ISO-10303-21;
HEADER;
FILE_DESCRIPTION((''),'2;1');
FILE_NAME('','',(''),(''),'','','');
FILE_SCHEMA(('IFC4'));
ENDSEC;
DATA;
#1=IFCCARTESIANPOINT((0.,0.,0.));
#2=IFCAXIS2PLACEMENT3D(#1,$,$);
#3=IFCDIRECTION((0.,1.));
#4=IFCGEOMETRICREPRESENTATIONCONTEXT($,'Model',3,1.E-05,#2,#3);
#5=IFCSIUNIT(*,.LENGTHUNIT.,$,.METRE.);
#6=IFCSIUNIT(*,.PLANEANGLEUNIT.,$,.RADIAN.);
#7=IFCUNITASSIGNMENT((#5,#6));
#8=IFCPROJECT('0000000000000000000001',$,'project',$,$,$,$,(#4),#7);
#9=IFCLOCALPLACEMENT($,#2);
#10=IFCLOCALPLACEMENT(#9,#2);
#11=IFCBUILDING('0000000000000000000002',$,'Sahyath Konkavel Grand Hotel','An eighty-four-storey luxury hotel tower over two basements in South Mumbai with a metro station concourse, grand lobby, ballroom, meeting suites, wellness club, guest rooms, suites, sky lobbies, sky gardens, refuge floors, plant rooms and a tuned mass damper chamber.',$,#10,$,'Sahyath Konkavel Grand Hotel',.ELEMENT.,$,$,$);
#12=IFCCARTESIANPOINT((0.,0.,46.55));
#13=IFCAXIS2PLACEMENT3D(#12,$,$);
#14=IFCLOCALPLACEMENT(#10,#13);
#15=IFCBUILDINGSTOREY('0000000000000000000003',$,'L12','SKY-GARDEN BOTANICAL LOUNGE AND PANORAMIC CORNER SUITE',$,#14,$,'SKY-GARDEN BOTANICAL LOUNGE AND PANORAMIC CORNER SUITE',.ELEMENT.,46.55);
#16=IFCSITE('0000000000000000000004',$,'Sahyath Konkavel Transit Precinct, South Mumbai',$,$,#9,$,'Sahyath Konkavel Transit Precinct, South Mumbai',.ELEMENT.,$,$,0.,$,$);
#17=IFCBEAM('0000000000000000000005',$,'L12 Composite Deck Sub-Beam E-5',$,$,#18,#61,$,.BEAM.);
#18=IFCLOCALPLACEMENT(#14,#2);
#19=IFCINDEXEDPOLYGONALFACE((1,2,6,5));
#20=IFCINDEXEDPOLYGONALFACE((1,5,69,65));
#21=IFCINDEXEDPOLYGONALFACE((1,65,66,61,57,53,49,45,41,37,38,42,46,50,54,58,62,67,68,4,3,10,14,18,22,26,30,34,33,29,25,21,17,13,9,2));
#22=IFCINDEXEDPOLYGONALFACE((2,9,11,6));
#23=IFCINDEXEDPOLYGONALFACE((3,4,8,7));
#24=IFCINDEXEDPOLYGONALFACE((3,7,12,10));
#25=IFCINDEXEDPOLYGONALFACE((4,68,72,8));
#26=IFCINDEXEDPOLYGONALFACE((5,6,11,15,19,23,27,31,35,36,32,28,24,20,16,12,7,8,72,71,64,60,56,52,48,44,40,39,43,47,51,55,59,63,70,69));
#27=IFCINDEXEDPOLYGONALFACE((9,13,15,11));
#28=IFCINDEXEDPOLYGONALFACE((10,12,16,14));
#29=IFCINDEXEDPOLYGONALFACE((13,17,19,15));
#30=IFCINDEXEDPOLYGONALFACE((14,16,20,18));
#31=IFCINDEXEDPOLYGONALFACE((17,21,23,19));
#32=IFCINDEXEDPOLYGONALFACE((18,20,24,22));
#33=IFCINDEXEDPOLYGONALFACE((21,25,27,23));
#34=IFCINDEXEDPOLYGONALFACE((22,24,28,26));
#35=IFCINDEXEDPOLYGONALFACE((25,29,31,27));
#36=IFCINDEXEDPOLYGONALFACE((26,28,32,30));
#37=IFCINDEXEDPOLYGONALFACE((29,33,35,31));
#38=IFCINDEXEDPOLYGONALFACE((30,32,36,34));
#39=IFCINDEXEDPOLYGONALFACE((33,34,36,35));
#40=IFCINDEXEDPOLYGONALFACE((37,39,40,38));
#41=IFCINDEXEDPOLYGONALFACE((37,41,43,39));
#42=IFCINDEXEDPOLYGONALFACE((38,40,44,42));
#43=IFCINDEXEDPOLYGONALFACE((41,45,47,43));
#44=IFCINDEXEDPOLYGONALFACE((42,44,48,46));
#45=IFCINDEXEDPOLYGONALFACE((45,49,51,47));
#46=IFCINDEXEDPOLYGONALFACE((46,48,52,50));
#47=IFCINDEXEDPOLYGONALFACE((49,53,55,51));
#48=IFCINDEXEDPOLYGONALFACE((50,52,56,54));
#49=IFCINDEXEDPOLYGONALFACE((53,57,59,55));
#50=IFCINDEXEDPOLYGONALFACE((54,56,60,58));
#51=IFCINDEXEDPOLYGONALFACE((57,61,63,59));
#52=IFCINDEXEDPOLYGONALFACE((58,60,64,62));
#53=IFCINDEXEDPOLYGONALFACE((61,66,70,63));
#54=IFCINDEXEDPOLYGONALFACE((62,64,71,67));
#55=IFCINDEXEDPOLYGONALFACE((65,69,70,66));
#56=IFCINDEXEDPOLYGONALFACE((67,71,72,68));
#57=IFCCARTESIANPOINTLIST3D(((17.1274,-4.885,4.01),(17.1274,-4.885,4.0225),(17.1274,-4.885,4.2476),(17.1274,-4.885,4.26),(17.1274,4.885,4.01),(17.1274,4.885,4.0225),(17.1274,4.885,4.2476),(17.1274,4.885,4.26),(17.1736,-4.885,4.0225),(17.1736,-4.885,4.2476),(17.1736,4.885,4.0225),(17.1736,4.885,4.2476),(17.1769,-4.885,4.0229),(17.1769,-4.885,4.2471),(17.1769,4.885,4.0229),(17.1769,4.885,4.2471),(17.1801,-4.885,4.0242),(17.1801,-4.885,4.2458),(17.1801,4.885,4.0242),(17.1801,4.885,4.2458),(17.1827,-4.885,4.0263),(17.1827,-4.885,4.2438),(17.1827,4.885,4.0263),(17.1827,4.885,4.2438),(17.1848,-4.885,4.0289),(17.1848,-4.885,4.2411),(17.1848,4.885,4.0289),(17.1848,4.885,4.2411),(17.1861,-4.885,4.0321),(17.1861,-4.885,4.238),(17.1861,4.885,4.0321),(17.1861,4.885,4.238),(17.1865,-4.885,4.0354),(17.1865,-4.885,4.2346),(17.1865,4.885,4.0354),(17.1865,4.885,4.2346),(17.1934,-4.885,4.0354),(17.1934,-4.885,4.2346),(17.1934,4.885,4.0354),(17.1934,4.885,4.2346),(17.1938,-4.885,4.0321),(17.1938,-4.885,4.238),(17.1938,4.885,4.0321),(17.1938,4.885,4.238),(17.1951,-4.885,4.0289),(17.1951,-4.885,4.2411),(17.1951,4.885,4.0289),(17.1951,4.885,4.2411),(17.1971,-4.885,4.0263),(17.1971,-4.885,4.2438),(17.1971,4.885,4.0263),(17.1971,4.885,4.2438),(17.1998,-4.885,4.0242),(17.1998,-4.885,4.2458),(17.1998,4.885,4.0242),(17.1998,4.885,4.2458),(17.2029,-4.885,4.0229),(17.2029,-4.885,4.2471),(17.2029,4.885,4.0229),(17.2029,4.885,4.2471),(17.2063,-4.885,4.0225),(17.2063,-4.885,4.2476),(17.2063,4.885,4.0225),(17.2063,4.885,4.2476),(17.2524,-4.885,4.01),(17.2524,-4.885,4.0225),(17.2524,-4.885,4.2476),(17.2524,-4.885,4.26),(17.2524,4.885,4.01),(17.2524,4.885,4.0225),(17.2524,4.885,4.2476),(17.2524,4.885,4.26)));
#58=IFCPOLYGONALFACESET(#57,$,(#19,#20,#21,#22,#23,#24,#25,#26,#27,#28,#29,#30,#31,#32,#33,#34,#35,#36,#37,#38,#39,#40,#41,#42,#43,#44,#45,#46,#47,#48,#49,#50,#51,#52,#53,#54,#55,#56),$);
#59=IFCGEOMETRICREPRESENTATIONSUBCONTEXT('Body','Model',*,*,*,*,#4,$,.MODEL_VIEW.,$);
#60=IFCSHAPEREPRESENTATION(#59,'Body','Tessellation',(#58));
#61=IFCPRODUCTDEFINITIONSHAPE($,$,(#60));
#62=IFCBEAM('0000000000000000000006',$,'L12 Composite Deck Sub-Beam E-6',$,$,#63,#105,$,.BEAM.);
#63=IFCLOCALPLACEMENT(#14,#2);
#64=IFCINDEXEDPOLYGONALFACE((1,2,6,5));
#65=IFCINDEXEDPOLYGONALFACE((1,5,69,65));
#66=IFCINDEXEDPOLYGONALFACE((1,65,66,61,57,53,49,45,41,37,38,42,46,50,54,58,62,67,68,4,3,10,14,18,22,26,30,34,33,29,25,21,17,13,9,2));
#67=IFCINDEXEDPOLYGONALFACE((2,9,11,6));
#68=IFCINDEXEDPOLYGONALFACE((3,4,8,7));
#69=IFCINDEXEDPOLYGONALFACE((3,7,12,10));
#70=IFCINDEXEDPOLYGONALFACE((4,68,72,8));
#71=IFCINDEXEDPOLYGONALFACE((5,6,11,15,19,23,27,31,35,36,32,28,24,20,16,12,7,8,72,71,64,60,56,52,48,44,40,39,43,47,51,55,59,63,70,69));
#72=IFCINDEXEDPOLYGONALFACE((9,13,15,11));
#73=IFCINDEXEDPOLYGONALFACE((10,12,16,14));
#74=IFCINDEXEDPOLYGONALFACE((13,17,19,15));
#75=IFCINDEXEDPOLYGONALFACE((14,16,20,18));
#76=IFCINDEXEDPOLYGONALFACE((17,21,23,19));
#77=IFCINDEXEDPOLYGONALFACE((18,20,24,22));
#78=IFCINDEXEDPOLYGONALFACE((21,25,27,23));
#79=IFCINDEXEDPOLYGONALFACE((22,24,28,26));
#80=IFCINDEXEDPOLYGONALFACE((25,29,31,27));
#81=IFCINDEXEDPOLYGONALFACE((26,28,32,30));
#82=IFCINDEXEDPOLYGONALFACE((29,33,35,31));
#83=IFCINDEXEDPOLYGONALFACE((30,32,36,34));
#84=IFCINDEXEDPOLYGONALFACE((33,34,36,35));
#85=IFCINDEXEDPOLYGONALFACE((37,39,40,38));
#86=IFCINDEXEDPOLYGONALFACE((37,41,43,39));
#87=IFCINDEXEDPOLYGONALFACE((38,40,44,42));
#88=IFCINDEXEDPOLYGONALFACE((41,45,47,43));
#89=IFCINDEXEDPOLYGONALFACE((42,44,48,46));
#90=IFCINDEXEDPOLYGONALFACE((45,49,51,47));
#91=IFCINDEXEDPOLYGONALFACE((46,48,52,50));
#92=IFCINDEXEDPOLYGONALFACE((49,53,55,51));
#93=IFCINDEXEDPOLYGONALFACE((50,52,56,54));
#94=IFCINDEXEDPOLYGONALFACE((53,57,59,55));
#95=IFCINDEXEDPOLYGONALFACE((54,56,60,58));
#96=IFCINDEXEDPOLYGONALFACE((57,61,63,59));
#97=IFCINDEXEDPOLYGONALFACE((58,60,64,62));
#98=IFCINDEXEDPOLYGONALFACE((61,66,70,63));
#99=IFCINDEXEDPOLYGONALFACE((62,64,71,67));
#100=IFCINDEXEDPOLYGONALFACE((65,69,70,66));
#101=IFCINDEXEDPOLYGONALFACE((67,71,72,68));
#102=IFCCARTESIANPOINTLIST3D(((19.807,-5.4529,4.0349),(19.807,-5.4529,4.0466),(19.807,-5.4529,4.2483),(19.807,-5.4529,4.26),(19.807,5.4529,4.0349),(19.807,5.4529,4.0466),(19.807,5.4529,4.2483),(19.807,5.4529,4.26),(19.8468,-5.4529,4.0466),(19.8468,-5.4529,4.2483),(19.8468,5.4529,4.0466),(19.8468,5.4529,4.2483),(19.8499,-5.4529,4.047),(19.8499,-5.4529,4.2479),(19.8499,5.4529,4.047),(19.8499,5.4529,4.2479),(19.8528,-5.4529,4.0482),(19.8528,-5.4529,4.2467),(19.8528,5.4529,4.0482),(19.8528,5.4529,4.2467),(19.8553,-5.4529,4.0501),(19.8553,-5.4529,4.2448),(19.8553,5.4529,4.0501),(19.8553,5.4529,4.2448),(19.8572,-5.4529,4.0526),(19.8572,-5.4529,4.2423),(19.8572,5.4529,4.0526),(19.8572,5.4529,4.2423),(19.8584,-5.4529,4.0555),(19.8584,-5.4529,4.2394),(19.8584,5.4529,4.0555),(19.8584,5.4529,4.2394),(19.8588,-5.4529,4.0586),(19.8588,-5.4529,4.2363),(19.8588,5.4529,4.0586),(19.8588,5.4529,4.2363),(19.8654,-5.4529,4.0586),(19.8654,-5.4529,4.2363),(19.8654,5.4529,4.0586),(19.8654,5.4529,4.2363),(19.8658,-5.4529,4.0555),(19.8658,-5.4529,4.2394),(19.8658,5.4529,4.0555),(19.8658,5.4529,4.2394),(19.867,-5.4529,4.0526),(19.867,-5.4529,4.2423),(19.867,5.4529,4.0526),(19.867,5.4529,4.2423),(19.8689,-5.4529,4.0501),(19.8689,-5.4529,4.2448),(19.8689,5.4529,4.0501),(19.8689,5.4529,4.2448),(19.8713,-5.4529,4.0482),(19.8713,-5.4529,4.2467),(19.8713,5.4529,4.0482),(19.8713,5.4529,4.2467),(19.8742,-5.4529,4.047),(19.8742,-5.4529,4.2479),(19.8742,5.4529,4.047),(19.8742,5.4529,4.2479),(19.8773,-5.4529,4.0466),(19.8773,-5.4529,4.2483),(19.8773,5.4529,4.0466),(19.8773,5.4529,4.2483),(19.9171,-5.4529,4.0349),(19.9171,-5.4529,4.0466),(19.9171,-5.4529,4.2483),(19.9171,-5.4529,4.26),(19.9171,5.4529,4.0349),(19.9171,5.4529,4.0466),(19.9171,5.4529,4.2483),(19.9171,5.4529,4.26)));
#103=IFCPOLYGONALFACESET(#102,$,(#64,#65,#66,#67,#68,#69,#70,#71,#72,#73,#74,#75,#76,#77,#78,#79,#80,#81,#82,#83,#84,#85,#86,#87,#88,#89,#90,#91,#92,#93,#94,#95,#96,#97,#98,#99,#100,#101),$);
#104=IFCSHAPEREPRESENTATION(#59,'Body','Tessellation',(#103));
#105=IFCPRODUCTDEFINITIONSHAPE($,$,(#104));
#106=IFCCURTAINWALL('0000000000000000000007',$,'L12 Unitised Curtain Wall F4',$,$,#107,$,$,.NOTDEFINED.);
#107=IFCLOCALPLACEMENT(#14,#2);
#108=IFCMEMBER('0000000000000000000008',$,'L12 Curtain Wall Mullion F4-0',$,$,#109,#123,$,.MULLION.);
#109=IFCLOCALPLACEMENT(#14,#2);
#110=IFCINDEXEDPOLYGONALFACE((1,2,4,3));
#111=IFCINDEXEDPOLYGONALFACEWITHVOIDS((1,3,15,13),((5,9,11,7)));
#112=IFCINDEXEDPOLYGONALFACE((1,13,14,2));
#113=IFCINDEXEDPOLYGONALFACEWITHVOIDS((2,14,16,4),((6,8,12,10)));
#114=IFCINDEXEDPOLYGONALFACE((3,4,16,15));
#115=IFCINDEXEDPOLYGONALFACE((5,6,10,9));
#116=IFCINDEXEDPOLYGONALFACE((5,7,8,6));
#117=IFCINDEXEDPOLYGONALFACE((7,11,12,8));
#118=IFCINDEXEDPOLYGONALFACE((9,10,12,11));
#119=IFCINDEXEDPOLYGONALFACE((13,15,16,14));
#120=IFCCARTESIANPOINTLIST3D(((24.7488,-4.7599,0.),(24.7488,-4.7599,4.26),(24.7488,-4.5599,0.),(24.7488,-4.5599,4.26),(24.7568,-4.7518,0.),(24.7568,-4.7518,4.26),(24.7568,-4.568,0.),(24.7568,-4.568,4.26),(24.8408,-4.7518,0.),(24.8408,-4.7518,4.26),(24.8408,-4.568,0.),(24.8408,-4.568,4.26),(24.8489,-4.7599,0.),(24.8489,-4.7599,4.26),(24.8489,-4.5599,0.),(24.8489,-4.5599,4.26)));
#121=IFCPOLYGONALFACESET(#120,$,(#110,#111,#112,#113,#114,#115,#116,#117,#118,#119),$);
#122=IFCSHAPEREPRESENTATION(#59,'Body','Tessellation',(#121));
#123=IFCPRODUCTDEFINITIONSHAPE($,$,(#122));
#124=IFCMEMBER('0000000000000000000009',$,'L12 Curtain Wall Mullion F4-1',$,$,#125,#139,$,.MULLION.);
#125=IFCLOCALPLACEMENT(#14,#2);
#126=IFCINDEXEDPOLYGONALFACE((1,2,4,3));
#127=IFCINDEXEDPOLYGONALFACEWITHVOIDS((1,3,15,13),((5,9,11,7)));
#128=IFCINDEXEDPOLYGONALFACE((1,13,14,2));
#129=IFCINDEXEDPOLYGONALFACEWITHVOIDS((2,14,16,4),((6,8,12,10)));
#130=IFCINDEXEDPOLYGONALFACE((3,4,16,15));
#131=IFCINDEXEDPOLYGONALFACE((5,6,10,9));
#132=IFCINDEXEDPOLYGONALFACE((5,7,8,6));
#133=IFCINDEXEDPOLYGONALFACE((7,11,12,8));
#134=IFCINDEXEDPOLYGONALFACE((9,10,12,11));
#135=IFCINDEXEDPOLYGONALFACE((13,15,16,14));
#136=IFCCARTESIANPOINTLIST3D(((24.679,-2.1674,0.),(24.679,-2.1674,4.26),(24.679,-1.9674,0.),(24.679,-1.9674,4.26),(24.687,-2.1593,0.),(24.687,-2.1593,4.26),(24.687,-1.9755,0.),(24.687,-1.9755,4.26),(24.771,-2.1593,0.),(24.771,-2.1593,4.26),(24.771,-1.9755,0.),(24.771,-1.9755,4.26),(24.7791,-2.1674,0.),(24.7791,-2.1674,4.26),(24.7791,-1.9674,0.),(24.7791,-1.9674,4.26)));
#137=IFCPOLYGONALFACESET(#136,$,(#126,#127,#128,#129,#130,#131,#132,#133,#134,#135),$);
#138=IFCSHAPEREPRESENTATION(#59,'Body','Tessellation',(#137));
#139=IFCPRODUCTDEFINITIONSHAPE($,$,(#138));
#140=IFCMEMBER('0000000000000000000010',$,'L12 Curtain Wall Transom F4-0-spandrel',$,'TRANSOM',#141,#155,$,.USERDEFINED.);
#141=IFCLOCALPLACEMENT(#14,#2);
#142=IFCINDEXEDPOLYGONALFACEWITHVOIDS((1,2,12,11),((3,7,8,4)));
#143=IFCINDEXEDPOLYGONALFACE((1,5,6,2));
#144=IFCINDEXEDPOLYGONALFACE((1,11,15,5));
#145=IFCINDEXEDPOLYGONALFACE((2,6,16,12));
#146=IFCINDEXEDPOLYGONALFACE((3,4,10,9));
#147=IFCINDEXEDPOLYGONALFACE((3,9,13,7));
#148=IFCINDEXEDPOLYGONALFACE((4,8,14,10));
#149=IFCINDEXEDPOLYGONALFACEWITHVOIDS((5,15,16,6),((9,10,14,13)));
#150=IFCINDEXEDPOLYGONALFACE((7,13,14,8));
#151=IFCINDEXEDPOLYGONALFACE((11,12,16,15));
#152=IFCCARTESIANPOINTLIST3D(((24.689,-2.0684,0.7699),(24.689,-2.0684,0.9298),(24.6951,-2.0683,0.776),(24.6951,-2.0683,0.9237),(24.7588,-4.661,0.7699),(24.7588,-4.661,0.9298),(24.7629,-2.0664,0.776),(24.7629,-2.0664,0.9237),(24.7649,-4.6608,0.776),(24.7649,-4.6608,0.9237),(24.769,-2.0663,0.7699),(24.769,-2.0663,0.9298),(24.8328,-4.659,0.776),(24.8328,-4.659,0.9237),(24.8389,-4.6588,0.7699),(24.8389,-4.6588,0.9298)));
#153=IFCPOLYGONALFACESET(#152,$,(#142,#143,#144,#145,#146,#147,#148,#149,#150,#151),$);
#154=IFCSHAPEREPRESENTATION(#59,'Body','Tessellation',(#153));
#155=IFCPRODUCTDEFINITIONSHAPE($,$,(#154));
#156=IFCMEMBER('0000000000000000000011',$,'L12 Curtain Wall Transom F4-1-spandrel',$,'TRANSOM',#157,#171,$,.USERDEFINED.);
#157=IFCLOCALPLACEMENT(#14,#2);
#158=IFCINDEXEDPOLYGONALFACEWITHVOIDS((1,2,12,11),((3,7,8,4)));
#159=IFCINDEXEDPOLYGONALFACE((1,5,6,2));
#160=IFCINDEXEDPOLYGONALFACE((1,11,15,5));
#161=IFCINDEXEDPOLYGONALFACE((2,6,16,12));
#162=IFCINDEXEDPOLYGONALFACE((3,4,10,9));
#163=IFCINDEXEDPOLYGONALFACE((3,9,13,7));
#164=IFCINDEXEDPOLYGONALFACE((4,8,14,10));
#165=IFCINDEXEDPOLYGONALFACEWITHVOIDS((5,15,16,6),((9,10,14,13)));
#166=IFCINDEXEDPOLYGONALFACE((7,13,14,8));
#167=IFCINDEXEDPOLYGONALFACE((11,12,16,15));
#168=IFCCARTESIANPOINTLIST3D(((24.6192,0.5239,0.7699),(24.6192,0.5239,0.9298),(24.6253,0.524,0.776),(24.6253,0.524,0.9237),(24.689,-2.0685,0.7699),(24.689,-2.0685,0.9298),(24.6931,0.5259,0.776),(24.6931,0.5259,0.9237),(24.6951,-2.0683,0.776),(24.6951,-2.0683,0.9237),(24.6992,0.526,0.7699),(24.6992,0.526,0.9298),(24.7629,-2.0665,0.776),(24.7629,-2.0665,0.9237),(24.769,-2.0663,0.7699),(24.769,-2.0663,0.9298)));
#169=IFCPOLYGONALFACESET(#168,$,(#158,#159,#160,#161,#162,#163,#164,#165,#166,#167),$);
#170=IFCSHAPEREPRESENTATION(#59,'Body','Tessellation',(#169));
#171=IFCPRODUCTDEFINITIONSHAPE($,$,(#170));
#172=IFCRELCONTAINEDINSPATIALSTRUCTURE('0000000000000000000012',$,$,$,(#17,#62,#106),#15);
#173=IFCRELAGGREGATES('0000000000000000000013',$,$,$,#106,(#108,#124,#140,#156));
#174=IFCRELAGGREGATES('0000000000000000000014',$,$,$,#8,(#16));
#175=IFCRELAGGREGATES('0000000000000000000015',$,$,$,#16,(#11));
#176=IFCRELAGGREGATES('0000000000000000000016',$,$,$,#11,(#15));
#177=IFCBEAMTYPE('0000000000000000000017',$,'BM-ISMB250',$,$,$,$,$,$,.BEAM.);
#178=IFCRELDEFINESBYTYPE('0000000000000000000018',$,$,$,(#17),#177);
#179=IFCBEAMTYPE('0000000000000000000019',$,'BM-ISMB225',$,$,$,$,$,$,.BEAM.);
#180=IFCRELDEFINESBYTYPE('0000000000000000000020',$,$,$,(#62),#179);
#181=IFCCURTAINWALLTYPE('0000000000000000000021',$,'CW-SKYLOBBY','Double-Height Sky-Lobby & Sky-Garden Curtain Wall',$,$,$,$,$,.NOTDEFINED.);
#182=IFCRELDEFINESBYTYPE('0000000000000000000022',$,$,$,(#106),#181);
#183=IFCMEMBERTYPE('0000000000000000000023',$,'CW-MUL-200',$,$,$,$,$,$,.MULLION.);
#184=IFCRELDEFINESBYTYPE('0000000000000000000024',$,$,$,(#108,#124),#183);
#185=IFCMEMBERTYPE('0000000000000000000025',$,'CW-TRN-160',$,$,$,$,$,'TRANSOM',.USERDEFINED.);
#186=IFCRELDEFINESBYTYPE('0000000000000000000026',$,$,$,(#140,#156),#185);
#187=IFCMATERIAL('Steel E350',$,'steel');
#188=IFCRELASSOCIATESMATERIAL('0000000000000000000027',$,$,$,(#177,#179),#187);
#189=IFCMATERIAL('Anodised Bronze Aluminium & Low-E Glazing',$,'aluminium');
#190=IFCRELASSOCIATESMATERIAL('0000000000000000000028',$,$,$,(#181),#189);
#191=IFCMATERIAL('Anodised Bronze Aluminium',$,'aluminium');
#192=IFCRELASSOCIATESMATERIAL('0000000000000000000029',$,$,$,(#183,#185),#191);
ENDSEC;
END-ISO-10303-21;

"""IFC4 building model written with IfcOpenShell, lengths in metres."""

from ifc_helpers import new_model, si_unit, direction, frame, origin, origin_2d, place, context, subcontext, project, spatial, hollow_rectangle, i_section, extrude, source, transform, mapped, material, material_profile, profile_set, type_object, element, aggregate, save


model = new_model("IFC4")

# Units and contexts
model_context = context("Model", 3, precision=1e-05, world=origin(), true_north=direction((0.0, 1.0)))
body_context = subcontext(model_context, "Body", "Model", "MODEL_VIEW")
ifc_project = project(units=[si_unit("LENGTHUNIT", "METRE"), si_unit("PLANEANGLEUNIT", "RADIAN")], contexts=[model_context])

# Site, building, storey
site_placement = place(None, origin())
site = spatial("IfcSite", under=ifc_project, at=site_placement, Name="Sahyath Konkavel Transit Precinct, South Mumbai", LongName="Sahyath Konkavel Transit Precinct, South Mumbai", CompositionType="ELEMENT", RefElevation=0.0)
building_placement = place(site_placement, origin())
building = spatial("IfcBuilding", under=site, at=building_placement, Name="Sahyath Konkavel Grand Hotel", Description="An eighty-four-storey luxury hotel tower over two basements in South Mumbai with a metro station concourse, grand lobby, ballroom, meeting suites, wellness club, guest rooms, suites, sky lobbies, sky gardens, refuge floors, plant rooms and a tuned mass damper chamber.", LongName="Sahyath Konkavel Grand Hotel", CompositionType="ELEMENT")
storey_placement = place(building_placement, frame((0.0, 0.0, 46.55)))
storey = spatial("IfcBuildingStorey", under=building, at=storey_placement, Name="L12", Description="SKY-GARDEN BOTANICAL LOUNGE AND PANORAMIC CORNER SUITE", LongName="SKY-GARDEN BOTANICAL LOUNGE AND PANORAMIC CORNER SUITE", CompositionType="ELEMENT", Elevation=46.55)

# Beams
ifc_material_1 = material(Name="Steel E350", Category="steel")
ifc_material_profile_1 = material_profile(ifc_material_1, i_section(OverallWidth=0.125, OverallDepth=0.25, WebThickness=0.0068, FlangeThickness=0.0125, FilletRadius=0.0129, at=origin_2d()), Name="ISMB 250")
ifc_profile_set_1 = profile_set([ifc_material_profile_1], Name="Steel E350")
beam_type_1 = type_object("IfcBeamType", Name="BM-ISMB250", PredefinedType="BEAM", material=ifc_profile_set_1)
shared_shape_1 = source(origin(), body_context, "Body", "SweptSolid", [
    extrude(i_section(OverallWidth=0.125, OverallDepth=0.25, WebThickness=0.0068, FlangeThickness=0.0125, FilletRadius=0.0129, at=origin_2d()), origin(), (0.0, 0.0, 1.0), 9.77),
])
beam_1_placement = place(storey_placement, frame((17.1899, -4.885, 4.135), z_axis=(0.0, 1.0, 0.0), x_axis=(-1.0, 0.0, 0.0)))
element("IfcBeam", 1, at=beam_1_placement, inside=storey, type_object=beam_type_1, Name="L12 Composite Deck Sub-Beam E-5", PredefinedType="BEAM", context=body_context, shape_type="MappedRepresentation", body=[
    mapped(shared_shape_1, transform((0.0, 0.0, 0.0), scale=1.0)),
])
ifc_material_profile_2 = material_profile(ifc_material_1, i_section(OverallWidth=0.1101, OverallDepth=0.2251, WebThickness=0.0066, FlangeThickness=0.0117, FilletRadius=0.012, at=origin_2d()), Name="ISMB 225")
ifc_profile_set_2 = profile_set([ifc_material_profile_2], Name="Steel E350")
beam_type_2 = type_object("IfcBeamType", Name="BM-ISMB225", PredefinedType="BEAM", material=ifc_profile_set_2)
shared_shape_2 = source(origin(), body_context, "Body", "SweptSolid", [
    extrude(i_section(OverallWidth=0.1101, OverallDepth=0.2251, WebThickness=0.0066, FlangeThickness=0.0117, FilletRadius=0.012, at=origin_2d()), origin(), (0.0, 0.0, 1.0), 10.9058),
])
beam_2_placement = place(storey_placement, frame((19.8621, -5.4529, 4.1475), z_axis=(0.0, 1.0, 0.0), x_axis=(-1.0, 0.0, 0.0)))
element("IfcBeam", 2, at=beam_2_placement, inside=storey, type_object=beam_type_2, Name="L12 Composite Deck Sub-Beam E-6", PredefinedType="BEAM", context=body_context, shape_type="MappedRepresentation", body=[
    mapped(shared_shape_2, transform((0.0, 0.0, 0.0), scale=1.0)),
])

# Curtain wall, members
ifc_material_2 = material(Name="Anodised Bronze Aluminium & Low-E Glazing", Category="aluminium")
curtain_wall_type = type_object("IfcCurtainWallType", Name="CW-SKYLOBBY", Description="Double-Height Sky-Lobby & Sky-Garden Curtain Wall", PredefinedType="NOTDEFINED", material=ifc_material_2)
curtain_wall_placement = place(storey_placement, origin())
curtain_wall = element("IfcCurtainWall", 3, at=curtain_wall_placement, inside=storey, type_object=curtain_wall_type, Name="L12 Unitised Curtain Wall F4", PredefinedType="NOTDEFINED")
ifc_material_3 = material(Name="Anodised Bronze Aluminium", Category="aluminium")
ifc_material_profile_3 = material_profile(ifc_material_3, hollow_rectangle(XDim=0.1001, YDim=0.2, WallThickness=0.0081, at=origin_2d()), Name="RHS 200x100x8")
ifc_profile_set_3 = profile_set([ifc_material_profile_3], Name="Anodised Bronze Aluminium")
member_type_1 = type_object("IfcMemberType", Name="CW-MUL-200", PredefinedType="MULLION", material=ifc_profile_set_3)
shared_shape_3 = source(origin(), body_context, "Body", "SweptSolid", [
    extrude(hollow_rectangle(XDim=0.1001, YDim=0.2, WallThickness=0.0081, at=origin_2d()), origin(), (0.0, 0.0, 1.0), 4.26),
])
member_1_placement = place(storey_placement, frame((24.7988, -4.6599, 0.0), z_axis=(0.0, 0.0, 1.0), x_axis=(1.0, 0.0, 0.0)))
member_1 = element("IfcMember", 4, at=member_1_placement, type_object=member_type_1, Name="L12 Curtain Wall Mullion F4-0", PredefinedType="MULLION", context=body_context, shape_type="MappedRepresentation", body=[
    mapped(shared_shape_3, transform((0.0, 0.0, 0.0), scale=1.0)),
])
member_2_placement = place(storey_placement, frame((24.729, -2.0674, 0.0), z_axis=(0.0, 0.0, 1.0), x_axis=(1.0, 0.0, 0.0)))
member_2 = element("IfcMember", 5, at=member_2_placement, type_object=member_type_1, Name="L12 Curtain Wall Mullion F4-1", PredefinedType="MULLION", context=body_context, shape_type="MappedRepresentation", body=[
    mapped(shared_shape_3, transform((0.0, 0.0, 0.0), scale=1.0)),
])
ifc_material_profile_4 = material_profile(ifc_material_3, hollow_rectangle(XDim=0.0801, YDim=0.1599, WallThickness=0.0061, at=origin_2d()), Name="RHS 160x80x6")
ifc_profile_set_4 = profile_set([ifc_material_profile_4], Name="Anodised Bronze Aluminium")
member_type_2 = type_object("IfcMemberType", Name="CW-TRN-160", ElementType="TRANSOM", PredefinedType="USERDEFINED", material=ifc_profile_set_4)
shared_shape_4 = source(origin(), body_context, "Body", "SweptSolid", [
    extrude(hollow_rectangle(XDim=0.0801, YDim=0.1599, WallThickness=0.0061, at=origin_2d()), origin(), (0.0, 0.0, 1.0), 2.5935),
])
member_3_placement = place(storey_placement, frame((24.7988, -4.6599, 0.8499), z_axis=(-0.026923, 0.999638, 0.0), x_axis=(-0.999638, -0.026923, 0.0)))
member_3 = element("IfcMember", 6, at=member_3_placement, type_object=member_type_2, Name="L12 Curtain Wall Transom F4-0-spandrel", ObjectType="TRANSOM", PredefinedType="USERDEFINED", context=body_context, shape_type="MappedRepresentation", body=[
    mapped(shared_shape_4, transform((0.0, 0.0, 0.0), scale=1.0)),
])
shared_shape_5 = source(origin(), body_context, "Body", "SweptSolid", [
    extrude(hollow_rectangle(XDim=0.0801, YDim=0.1599, WallThickness=0.0061, at=origin_2d()), origin(), (0.0, 0.0, 1.0), 2.5933),
])
member_4_placement = place(storey_placement, frame((24.729, -2.0674, 0.8499), z_axis=(-0.026926, 0.999637, 0.0), x_axis=(-0.999637, -0.026926, 0.0)))
member_4 = element("IfcMember", 7, at=member_4_placement, type_object=member_type_2, Name="L12 Curtain Wall Transom F4-1-spandrel", ObjectType="TRANSOM", PredefinedType="USERDEFINED", context=body_context, shape_type="MappedRepresentation", body=[
    mapped(shared_shape_5, transform((0.0, 0.0, 0.0), scale=1.0)),
])

aggregate(curtain_wall, [member_1, member_2, member_3, member_4])

save(model, "model.ifc")
